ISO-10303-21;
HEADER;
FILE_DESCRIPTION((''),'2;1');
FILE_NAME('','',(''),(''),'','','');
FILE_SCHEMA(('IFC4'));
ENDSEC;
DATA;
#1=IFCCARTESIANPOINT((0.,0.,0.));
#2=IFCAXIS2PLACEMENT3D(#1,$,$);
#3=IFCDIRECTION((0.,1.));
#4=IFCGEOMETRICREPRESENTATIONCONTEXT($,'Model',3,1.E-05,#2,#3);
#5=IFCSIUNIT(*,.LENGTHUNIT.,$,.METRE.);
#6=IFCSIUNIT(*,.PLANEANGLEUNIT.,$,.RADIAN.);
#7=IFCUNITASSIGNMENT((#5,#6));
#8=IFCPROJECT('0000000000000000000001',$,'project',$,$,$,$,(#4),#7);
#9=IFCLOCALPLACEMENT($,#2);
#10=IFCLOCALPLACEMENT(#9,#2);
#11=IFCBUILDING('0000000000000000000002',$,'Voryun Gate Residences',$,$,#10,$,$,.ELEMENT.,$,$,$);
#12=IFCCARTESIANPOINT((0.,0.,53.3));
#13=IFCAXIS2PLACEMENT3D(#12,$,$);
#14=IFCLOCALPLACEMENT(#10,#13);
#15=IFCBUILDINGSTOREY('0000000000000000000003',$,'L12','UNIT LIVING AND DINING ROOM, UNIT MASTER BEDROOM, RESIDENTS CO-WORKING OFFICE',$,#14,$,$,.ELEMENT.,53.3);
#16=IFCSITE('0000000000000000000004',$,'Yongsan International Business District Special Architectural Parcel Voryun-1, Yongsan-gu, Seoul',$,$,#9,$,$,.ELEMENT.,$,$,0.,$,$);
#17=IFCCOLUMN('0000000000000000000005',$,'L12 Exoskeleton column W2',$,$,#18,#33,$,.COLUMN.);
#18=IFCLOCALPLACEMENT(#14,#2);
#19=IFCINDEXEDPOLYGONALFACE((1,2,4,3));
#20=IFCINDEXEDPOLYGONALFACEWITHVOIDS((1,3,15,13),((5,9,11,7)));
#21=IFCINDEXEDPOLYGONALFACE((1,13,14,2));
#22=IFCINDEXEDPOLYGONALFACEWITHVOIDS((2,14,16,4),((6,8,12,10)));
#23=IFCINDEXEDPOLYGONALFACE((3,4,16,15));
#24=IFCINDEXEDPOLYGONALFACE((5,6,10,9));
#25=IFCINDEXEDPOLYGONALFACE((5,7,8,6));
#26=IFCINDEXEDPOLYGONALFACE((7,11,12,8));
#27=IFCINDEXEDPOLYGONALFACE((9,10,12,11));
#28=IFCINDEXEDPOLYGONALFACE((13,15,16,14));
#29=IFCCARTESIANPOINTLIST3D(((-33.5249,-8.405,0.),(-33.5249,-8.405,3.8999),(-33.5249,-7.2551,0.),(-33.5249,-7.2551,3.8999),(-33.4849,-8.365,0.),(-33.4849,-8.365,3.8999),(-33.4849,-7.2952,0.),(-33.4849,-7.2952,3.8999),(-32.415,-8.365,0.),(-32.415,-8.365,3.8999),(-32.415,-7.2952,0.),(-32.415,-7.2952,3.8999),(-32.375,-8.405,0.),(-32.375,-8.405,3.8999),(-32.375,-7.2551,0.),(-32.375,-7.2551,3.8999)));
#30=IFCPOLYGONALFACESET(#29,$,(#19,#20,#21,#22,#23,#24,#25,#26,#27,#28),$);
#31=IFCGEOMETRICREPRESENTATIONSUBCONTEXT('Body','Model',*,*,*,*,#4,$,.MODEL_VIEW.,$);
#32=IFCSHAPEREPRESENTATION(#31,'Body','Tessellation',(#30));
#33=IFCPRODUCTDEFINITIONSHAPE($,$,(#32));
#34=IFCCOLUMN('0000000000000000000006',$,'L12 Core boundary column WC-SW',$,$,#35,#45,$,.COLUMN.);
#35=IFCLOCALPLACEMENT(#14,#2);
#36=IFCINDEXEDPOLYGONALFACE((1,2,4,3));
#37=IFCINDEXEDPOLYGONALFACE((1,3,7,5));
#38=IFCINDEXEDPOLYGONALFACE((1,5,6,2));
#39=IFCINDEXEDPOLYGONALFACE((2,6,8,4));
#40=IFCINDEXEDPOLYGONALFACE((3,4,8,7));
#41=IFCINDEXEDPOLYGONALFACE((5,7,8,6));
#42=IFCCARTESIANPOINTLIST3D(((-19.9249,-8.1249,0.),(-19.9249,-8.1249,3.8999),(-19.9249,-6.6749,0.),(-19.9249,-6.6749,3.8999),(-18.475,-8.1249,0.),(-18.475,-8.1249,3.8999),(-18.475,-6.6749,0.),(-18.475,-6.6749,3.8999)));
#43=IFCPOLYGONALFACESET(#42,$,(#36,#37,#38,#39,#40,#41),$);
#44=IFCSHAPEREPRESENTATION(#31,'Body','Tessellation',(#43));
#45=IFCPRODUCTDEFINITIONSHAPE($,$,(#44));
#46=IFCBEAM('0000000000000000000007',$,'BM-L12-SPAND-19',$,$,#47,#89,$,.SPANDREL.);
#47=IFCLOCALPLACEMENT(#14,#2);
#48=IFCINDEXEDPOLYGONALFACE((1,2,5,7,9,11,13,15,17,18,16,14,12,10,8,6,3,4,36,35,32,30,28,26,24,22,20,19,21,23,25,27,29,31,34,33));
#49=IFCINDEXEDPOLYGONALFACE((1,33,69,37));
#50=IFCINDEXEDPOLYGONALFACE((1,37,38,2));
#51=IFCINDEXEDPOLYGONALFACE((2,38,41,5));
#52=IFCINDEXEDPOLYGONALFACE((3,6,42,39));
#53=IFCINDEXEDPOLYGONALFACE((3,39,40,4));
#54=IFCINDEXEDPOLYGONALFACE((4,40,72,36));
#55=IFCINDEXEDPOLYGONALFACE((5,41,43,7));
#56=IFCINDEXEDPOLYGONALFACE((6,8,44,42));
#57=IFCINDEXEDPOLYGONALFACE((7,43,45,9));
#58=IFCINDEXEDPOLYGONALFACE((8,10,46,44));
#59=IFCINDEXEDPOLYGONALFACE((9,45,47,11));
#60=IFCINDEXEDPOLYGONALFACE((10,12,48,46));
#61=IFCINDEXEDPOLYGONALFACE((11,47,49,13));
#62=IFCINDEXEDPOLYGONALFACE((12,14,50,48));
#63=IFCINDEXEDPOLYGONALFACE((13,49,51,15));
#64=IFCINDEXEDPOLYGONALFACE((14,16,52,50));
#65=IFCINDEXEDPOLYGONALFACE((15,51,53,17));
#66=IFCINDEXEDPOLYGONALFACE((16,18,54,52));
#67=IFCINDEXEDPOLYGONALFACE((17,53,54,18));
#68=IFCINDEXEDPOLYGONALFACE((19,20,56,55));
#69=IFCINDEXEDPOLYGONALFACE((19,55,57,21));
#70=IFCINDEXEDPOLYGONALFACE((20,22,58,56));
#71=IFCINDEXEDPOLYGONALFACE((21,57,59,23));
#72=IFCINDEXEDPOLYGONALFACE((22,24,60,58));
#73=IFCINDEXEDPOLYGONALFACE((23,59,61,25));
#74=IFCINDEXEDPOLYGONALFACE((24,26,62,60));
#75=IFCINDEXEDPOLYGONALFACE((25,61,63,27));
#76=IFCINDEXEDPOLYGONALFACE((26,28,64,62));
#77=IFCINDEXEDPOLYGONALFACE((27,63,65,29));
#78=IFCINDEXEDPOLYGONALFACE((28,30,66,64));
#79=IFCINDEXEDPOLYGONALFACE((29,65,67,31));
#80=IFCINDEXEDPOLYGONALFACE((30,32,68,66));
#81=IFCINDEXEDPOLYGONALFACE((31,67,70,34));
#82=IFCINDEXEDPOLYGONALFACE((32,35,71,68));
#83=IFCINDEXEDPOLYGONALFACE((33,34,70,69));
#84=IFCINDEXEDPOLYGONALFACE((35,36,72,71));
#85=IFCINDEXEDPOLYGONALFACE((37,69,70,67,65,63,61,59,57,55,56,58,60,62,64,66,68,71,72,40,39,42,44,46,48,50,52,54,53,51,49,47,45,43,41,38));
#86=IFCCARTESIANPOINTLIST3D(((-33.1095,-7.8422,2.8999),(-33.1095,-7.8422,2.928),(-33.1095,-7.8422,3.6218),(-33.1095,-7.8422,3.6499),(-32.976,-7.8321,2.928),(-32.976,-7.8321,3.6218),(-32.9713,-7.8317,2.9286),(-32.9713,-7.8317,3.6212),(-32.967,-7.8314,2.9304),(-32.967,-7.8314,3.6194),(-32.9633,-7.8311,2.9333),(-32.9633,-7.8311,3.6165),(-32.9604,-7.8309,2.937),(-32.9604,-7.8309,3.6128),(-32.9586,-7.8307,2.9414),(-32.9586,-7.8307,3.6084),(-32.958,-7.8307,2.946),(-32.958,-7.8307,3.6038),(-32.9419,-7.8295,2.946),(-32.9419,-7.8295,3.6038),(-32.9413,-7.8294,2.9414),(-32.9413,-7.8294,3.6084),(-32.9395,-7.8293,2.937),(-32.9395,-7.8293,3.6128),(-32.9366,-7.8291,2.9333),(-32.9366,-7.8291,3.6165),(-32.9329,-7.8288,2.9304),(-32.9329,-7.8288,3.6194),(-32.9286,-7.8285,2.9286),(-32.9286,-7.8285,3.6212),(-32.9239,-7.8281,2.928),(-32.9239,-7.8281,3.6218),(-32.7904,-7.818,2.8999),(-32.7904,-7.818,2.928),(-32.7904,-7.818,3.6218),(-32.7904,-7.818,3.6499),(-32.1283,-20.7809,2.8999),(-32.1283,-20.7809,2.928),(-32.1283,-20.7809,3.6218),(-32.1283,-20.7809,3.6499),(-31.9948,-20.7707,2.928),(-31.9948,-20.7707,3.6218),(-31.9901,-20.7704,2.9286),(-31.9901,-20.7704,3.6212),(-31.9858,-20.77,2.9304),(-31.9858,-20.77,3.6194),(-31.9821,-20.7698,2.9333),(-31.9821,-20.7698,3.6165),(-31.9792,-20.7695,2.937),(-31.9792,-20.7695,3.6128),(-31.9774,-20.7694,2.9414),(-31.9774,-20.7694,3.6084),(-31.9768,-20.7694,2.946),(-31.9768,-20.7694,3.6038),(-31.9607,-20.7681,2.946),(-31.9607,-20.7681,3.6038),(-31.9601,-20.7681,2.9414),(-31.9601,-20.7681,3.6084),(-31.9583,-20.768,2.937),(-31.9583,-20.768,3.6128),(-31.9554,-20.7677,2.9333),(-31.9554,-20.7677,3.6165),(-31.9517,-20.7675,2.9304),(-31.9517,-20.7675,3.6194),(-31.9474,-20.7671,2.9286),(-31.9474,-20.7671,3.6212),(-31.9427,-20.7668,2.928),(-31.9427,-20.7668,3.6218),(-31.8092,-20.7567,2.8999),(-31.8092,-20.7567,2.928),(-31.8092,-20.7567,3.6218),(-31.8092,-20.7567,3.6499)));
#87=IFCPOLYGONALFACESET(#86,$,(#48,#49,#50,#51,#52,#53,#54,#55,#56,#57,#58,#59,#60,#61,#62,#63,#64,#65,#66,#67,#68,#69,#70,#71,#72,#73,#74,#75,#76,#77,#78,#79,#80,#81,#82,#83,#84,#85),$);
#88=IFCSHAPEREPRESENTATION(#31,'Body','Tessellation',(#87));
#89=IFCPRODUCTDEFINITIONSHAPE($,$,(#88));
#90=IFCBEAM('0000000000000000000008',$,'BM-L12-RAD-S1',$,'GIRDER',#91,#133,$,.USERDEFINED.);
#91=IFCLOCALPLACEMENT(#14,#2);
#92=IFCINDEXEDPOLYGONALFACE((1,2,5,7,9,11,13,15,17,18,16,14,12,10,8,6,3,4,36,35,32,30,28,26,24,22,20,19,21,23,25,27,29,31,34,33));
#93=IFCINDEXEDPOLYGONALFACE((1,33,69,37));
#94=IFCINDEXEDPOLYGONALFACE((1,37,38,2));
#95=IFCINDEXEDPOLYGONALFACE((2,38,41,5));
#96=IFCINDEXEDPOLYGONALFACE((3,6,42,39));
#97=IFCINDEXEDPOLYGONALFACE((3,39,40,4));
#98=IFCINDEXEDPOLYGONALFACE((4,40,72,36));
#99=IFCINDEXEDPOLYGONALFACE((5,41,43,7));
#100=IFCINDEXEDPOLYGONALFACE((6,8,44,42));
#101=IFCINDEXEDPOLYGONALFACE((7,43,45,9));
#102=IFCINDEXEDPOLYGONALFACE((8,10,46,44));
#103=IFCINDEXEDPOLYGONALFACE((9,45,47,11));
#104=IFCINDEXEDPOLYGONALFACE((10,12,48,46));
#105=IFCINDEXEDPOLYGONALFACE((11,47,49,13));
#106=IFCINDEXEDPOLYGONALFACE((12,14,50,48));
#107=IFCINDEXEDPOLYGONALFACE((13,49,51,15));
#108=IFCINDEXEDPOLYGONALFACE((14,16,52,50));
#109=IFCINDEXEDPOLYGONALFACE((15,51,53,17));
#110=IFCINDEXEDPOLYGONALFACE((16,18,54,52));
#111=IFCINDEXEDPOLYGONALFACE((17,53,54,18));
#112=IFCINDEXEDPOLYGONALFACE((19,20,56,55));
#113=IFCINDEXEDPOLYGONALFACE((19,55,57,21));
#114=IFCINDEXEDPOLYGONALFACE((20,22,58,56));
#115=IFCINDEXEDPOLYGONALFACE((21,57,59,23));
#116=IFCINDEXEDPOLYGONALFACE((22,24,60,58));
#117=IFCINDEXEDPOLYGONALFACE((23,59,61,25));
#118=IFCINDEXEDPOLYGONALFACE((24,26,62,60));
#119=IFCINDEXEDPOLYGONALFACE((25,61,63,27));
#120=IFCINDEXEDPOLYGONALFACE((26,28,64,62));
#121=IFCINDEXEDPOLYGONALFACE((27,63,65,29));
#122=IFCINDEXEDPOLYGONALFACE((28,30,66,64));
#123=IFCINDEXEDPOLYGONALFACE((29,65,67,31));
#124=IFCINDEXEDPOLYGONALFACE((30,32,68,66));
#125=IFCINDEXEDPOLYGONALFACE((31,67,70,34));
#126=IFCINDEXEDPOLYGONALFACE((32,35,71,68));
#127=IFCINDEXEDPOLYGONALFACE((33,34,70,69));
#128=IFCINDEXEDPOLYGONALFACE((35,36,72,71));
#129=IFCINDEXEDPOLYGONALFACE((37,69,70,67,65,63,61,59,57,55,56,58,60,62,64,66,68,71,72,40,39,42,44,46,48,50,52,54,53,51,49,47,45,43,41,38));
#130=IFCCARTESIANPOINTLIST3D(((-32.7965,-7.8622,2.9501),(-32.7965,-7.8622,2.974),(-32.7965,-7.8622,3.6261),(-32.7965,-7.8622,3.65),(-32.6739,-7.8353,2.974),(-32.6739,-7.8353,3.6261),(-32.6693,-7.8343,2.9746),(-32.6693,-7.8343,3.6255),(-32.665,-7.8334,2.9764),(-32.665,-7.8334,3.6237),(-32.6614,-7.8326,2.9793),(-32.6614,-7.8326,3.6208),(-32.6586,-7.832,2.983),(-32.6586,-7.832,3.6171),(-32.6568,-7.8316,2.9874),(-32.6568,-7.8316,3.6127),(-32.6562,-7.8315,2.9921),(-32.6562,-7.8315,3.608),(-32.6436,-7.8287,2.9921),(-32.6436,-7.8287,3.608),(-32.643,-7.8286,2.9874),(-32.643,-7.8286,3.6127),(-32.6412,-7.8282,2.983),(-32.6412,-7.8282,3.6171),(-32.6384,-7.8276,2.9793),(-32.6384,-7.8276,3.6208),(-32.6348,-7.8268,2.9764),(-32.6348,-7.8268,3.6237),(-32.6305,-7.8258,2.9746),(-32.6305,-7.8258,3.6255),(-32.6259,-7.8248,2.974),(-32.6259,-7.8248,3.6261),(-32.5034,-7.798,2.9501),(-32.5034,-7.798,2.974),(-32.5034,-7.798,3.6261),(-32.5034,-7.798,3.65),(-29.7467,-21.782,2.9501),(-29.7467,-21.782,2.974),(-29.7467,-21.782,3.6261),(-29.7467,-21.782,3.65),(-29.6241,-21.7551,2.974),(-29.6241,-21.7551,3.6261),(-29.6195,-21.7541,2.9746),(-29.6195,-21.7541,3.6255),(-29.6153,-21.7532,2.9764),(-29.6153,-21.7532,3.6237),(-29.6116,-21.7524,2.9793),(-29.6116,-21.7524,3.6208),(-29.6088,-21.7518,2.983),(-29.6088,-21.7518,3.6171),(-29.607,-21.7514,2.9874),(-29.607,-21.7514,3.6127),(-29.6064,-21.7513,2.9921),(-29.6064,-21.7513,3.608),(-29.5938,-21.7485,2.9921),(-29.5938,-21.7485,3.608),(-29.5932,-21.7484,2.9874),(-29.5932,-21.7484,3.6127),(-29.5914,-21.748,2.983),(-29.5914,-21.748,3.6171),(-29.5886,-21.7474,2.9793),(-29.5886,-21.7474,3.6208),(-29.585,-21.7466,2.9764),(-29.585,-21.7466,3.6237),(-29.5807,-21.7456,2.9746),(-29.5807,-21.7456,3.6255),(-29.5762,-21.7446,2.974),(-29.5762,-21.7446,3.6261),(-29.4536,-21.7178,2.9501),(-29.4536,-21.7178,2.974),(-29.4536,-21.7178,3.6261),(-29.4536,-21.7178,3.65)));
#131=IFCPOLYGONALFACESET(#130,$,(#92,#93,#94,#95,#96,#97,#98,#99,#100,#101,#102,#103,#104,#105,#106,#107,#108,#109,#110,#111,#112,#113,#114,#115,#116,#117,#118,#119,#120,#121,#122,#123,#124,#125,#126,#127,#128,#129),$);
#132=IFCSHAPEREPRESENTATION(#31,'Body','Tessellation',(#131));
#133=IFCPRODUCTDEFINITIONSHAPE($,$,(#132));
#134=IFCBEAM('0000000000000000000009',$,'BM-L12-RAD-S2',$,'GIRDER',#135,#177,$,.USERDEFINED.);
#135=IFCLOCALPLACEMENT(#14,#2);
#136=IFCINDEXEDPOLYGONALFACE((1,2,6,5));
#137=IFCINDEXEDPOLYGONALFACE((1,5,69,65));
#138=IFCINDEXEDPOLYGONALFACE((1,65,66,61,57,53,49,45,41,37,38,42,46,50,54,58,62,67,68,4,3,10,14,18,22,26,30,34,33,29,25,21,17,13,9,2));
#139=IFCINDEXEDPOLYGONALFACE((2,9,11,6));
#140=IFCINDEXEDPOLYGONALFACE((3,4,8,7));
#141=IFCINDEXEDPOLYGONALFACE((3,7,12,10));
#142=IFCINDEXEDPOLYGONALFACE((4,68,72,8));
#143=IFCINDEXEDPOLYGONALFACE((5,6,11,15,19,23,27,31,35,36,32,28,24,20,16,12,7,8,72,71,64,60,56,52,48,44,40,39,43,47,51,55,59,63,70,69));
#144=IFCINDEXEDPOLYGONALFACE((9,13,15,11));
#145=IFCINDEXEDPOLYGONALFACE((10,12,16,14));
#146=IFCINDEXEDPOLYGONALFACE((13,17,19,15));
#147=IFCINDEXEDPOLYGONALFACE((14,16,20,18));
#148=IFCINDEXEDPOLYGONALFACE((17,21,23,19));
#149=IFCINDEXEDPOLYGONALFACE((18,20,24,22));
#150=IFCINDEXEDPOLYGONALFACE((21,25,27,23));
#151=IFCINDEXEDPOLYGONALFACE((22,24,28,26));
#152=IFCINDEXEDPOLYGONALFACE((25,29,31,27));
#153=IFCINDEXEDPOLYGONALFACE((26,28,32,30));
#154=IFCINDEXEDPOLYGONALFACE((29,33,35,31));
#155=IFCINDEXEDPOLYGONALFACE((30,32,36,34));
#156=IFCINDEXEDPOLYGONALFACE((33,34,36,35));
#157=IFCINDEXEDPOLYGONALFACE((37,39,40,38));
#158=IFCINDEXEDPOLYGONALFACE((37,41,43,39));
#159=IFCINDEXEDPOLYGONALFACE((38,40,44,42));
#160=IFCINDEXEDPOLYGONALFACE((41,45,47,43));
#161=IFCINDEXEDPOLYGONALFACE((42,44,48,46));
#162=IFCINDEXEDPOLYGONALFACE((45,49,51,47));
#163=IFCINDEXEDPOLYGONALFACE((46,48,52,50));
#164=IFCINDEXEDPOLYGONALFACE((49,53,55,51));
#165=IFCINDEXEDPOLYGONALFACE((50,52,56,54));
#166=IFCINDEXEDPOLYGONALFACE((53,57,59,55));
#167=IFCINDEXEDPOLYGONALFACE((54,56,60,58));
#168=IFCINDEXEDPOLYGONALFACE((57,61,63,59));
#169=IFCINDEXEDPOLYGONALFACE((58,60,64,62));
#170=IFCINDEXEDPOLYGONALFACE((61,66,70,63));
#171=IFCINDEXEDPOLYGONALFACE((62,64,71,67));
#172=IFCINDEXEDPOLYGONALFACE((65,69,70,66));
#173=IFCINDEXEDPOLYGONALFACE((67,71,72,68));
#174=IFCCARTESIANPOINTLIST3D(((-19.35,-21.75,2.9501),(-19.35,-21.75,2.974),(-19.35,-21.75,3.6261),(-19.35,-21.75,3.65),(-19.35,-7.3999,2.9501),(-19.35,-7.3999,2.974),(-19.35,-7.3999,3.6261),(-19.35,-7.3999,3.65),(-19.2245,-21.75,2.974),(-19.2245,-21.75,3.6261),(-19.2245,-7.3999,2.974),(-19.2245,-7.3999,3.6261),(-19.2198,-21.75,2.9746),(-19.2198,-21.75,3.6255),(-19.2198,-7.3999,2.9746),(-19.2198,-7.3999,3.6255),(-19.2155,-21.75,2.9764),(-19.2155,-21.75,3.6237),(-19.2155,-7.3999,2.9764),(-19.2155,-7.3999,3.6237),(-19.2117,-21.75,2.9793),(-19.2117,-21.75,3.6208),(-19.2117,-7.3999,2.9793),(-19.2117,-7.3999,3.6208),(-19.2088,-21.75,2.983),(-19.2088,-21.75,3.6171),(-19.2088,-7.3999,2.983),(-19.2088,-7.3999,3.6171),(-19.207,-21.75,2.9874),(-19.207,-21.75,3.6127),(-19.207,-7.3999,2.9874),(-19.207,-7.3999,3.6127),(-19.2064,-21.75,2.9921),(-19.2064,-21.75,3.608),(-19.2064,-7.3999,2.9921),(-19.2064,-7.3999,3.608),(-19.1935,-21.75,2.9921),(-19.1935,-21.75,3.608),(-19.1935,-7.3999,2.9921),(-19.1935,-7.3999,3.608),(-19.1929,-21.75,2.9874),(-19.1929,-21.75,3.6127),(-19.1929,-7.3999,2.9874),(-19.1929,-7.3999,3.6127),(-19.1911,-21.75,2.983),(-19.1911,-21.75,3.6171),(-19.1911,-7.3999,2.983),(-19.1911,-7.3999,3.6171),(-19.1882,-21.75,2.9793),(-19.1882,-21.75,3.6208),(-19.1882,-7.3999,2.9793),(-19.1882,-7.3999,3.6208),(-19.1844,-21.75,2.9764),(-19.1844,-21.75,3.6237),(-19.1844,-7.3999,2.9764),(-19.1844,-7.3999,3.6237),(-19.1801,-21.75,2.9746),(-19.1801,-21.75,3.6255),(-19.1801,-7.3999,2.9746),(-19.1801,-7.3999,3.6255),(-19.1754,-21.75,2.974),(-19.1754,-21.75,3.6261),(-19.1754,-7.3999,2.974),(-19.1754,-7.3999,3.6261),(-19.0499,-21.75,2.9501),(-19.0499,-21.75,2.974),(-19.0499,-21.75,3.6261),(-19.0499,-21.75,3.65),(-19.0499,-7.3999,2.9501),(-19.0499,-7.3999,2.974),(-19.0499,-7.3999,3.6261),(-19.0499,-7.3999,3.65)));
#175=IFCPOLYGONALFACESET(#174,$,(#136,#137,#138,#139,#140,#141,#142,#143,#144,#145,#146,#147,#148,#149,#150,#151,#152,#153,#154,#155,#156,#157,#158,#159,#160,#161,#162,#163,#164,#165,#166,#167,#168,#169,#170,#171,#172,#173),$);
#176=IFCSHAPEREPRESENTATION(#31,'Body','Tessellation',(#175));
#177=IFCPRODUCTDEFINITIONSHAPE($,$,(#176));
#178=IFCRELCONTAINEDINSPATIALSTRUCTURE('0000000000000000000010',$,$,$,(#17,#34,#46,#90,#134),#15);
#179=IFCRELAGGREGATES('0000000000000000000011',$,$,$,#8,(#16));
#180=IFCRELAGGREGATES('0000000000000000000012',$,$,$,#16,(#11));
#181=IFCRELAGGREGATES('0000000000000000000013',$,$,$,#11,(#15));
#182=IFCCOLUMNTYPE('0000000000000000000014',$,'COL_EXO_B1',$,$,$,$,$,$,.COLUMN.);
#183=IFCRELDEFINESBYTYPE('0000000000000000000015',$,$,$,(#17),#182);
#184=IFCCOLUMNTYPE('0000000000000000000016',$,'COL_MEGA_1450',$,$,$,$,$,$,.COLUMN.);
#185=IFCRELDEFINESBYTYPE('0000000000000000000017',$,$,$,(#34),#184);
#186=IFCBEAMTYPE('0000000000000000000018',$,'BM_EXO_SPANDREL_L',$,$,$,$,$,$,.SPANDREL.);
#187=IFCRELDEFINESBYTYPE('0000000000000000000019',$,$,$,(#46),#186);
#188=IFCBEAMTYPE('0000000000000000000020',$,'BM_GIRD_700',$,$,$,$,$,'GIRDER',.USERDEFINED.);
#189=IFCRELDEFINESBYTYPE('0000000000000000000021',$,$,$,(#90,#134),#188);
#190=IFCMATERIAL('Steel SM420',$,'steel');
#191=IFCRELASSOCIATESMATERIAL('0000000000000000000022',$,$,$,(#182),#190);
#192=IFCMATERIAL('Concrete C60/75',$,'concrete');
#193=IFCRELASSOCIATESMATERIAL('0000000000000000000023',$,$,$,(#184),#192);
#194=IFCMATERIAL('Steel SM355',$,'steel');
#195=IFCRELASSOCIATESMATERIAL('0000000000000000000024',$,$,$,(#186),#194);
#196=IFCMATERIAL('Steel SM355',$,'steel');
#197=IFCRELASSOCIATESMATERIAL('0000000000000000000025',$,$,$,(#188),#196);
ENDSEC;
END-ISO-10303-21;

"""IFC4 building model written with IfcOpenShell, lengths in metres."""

from ifc_helpers import new_model, si_unit, direction, frame, origin, origin_2d, place, context, subcontext, project, spatial, rectangle, hollow_rectangle, i_section, extrude, material, material_profile, profile_set, type_object, element, save


model = new_model("IFC4")

# Units and contexts
model_context = context("Model", 3, precision=1e-05, world=origin(), true_north=direction((0.0, 1.0)))
body_context = subcontext(model_context, "Body", "Model", "MODEL_VIEW")
ifc_project = project(units=[si_unit("LENGTHUNIT", "METRE"), si_unit("PLANEANGLEUNIT", "RADIAN")], contexts=[model_context])

# Site, building, storey
site_placement = place(None, origin())
site = spatial("IfcSite", under=ifc_project, at=site_placement, Name="Yongsan International Business District Special Architectural Parcel Voryun-1, Yongsan-gu, Seoul", CompositionType="ELEMENT", RefElevation=0.0)
building_placement = place(site_placement, origin())
building = spatial("IfcBuilding", under=site, at=building_placement, Name="Voryun Gate Residences", CompositionType="ELEMENT")
storey_placement = place(building_placement, frame((0.0, 0.0, 53.3)))
storey = spatial("IfcBuildingStorey", under=building, at=storey_placement, Name="L12", Description="UNIT LIVING AND DINING ROOM, UNIT MASTER BEDROOM, RESIDENTS CO-WORKING OFFICE", CompositionType="ELEMENT", Elevation=53.3)

# Columns
ifc_material_1 = material(Name="Steel SM420", Category="steel")
ifc_material_profile_1 = material_profile(ifc_material_1, hollow_rectangle(XDim=1.1499, YDim=1.1499, WallThickness=0.04, at=origin_2d()), Name="BOX-1150x1150x40")
ifc_profile_set_1 = profile_set([ifc_material_profile_1], Name="Steel SM420")
column_type_1 = type_object("IfcColumnType", Name="COL_EXO_B1", PredefinedType="COLUMN", material=ifc_profile_set_1)
column_1_placement = place(storey_placement, frame((-32.95, -7.8301, 0.0), z_axis=(0.0, 0.0, 1.0), x_axis=(1.0, 0.0, 0.0)))
element("IfcColumn", 1, at=column_1_placement, inside=storey, type_object=column_type_1, Name="L12 Exoskeleton column W2", PredefinedType="COLUMN", context=body_context, shape_type="SweptSolid", body=[
    extrude(hollow_rectangle(XDim=1.1499, YDim=1.1499, WallThickness=0.04, at=origin_2d()), origin(), (0.0, 0.0, 1.0), 3.8999),
])
ifc_material_2 = material(Name="Concrete C60/75", Category="concrete")
ifc_material_profile_2 = material_profile(ifc_material_2, rectangle(XDim=1.45, YDim=1.45, at=origin_2d()), Name="RC-1450x1450")
ifc_profile_set_2 = profile_set([ifc_material_profile_2], Name="Concrete C60/75")
column_type_2 = type_object("IfcColumnType", Name="COL_MEGA_1450", PredefinedType="COLUMN", material=ifc_profile_set_2)
column_2_placement = place(storey_placement, frame((-19.2, -7.3999, 0.0), z_axis=(0.0, 0.0, 1.0), x_axis=(1.0, 0.0, 0.0)))
element("IfcColumn", 2, at=column_2_placement, inside=storey, type_object=column_type_2, Name="L12 Core boundary column WC-SW", PredefinedType="COLUMN", context=body_context, shape_type="SweptSolid", body=[
    extrude(rectangle(XDim=1.45, YDim=1.45, at=origin_2d()), origin(), (0.0, 0.0, 1.0), 3.8999),
])

# Beams
ifc_material_3 = material(Name="Steel SM355", Category="steel")
ifc_material_profile_3 = material_profile(ifc_material_3, i_section(OverallWidth=0.3201, OverallDepth=0.75, WebThickness=0.0161, FlangeThickness=0.0281, FilletRadius=0.0181, at=origin_2d()), Name="H-750x320x16x28")
ifc_profile_set_3 = profile_set([ifc_material_profile_3], Name="Steel SM355")
beam_type_1 = type_object("IfcBeamType", Name="BM_EXO_SPANDREL_L", PredefinedType="SPANDREL", material=ifc_profile_set_3)
beam_1_placement = place(storey_placement, frame((-32.95, -7.8301, 3.2749), z_axis=(0.075617, -0.997137, 0.0), x_axis=(0.997137, 0.075617, 0.0)))
element("IfcBeam", 3, at=beam_1_placement, inside=storey, type_object=beam_type_1, Name="BM-L12-SPAND-19", PredefinedType="SPANDREL", context=body_context, shape_type="SweptSolid", body=[
    extrude(i_section(OverallWidth=0.3201, OverallDepth=0.75, WebThickness=0.0161, FlangeThickness=0.0281, FilletRadius=0.0181, at=origin_2d()), origin(), (0.0, 0.0, 1.0), 12.9758),
])
ifc_material_4 = material(Name="Steel SM355", Category="steel")
ifc_material_profile_4 = material_profile(ifc_material_4, i_section(OverallWidth=0.3, OverallDepth=0.7, WebThickness=0.0129, FlangeThickness=0.0239, FilletRadius=0.0181, at=origin_2d()), Name="H-700x300x13x24")
ifc_profile_set_4 = profile_set([ifc_material_profile_4], Name="Steel SM355")
beam_type_2 = type_object("IfcBeamType", Name="BM_GIRD_700", ElementType="GIRDER", PredefinedType="USERDEFINED", material=ifc_profile_set_4)
beam_2_placement = place(storey_placement, frame((-32.6499, -7.8301, 3.3), z_axis=(0.21402, -0.976829, 0.0), x_axis=(0.976829, 0.21402, 0.0)))
element("IfcBeam", 4, at=beam_2_placement, inside=storey, type_object=beam_type_2, Name="BM-L12-RAD-S1", ObjectType="GIRDER", PredefinedType="USERDEFINED", context=body_context, shape_type="SweptSolid", body=[
    extrude(i_section(OverallWidth=0.3, OverallDepth=0.7, WebThickness=0.0129, FlangeThickness=0.0239, FilletRadius=0.0181, at=origin_2d()), origin(), (0.0, 0.0, 1.0), 14.25),
])
beam_3_placement = place(storey_placement, frame((-19.2, -7.3999, 3.3), z_axis=(0.0, -1.0, 0.0), x_axis=(1.0, 0.0, 0.0)))
element("IfcBeam", 5, at=beam_3_placement, inside=storey, type_object=beam_type_2, Name="BM-L12-RAD-S2", ObjectType="GIRDER", PredefinedType="USERDEFINED", context=body_context, shape_type="SweptSolid", body=[
    extrude(i_section(OverallWidth=0.3, OverallDepth=0.7, WebThickness=0.0129, FlangeThickness=0.0239, FilletRadius=0.0181, at=origin_2d()), origin(), (0.0, 0.0, 1.0), 14.3501),
])

save(model, "model.ifc")
